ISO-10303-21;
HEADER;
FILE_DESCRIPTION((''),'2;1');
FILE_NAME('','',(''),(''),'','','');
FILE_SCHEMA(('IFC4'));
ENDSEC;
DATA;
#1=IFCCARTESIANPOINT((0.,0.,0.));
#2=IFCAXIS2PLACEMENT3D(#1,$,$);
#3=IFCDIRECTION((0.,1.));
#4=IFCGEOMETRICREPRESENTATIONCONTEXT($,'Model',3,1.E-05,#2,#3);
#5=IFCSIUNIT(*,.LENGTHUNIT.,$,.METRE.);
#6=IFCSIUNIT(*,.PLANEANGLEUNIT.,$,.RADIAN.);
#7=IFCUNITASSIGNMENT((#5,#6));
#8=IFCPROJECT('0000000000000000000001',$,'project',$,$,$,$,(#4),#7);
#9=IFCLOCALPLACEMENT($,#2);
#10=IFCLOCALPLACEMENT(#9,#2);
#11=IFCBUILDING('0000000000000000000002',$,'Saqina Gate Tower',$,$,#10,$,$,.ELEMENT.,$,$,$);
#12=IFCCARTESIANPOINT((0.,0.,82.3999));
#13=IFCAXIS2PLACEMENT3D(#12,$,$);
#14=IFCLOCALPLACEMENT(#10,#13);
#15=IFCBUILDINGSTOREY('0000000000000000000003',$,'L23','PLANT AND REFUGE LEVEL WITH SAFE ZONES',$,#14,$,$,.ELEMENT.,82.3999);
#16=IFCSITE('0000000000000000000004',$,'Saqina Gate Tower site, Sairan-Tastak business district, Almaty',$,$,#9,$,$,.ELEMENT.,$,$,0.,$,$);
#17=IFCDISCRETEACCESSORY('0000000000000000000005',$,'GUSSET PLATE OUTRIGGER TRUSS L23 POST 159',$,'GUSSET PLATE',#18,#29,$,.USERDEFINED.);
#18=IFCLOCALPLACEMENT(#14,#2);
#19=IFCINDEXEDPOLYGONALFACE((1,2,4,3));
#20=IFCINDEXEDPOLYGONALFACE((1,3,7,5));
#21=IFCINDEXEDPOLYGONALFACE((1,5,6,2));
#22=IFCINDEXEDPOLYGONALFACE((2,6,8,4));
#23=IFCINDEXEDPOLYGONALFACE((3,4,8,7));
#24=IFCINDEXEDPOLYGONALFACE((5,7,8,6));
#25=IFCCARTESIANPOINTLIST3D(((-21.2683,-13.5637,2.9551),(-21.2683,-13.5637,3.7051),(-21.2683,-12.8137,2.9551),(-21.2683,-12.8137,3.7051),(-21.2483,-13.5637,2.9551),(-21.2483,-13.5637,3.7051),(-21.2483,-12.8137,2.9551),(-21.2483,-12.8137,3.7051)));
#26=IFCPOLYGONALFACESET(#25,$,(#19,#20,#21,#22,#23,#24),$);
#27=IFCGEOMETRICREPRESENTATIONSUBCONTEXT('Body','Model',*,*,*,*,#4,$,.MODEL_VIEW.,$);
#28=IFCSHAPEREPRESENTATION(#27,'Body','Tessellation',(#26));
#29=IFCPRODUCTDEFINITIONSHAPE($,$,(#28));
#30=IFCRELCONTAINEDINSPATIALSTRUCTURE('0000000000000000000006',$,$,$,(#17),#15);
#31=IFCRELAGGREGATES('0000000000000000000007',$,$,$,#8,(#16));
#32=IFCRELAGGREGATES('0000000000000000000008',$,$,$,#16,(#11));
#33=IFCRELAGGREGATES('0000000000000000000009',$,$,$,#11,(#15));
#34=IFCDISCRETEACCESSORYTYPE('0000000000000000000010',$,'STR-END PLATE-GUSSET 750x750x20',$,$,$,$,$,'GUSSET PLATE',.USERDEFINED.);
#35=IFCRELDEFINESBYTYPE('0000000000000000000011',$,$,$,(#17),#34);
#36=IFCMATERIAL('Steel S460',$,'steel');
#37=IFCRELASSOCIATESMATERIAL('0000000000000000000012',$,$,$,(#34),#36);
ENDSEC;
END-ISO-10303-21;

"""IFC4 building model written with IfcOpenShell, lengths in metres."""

from ifc_helpers import new_model, si_unit, direction, frame, origin, origin_2d, place, context, subcontext, project, spatial, rectangle, extrude, material, material_profile, profile_set, type_object, element, save


model = new_model("IFC4")

# Units and contexts
model_context = context("Model", 3, precision=1e-05, world=origin(), true_north=direction((0.0, 1.0)))
body_context = subcontext(model_context, "Body", "Model", "MODEL_VIEW")
ifc_project = project(units=[si_unit("LENGTHUNIT", "METRE"), si_unit("PLANEANGLEUNIT", "RADIAN")], contexts=[model_context])

# Site, building, storey
site_placement = place(None, origin())
site = spatial("IfcSite", under=ifc_project, at=site_placement, Name="Saqina Gate Tower site, Sairan-Tastak business district, Almaty", CompositionType="ELEMENT", RefElevation=0.0)
building_placement = place(site_placement, origin())
building = spatial("IfcBuilding", under=site, at=building_placement, Name="Saqina Gate Tower", CompositionType="ELEMENT")
storey_placement = place(building_placement, frame((0.0, 0.0, 82.3999)))
storey = spatial("IfcBuildingStorey", under=building, at=storey_placement, Name="L23", Description="PLANT AND REFUGE LEVEL WITH SAFE ZONES", CompositionType="ELEMENT", Elevation=82.3999)

# Discrete accessory
ifc_material_1 = material(Name="Steel S460", Category="steel")
ifc_material_profile_1 = material_profile(ifc_material_1, rectangle(XDim=0.75, YDim=0.75, at=origin_2d()), Name="STR-END PLATE-GUSSET 750x750x20")
ifc_profile_set_1 = profile_set([ifc_material_profile_1], Name="Steel S460")
discrete_accessory_type_1 = type_object("IfcDiscreteAccessoryType", Name="STR-END PLATE-GUSSET 750x750x20", ElementType="GUSSET PLATE", PredefinedType="USERDEFINED", material=ifc_profile_set_1)
for number, where, z_axis, x_axis, name in (
    (1, (-21.2683, -13.1887, 3.3301), (1.0, 0.0, 0.0), (0.0, 1.0, 0.0), "GUSSET PLATE OUTRIGGER TRUSS L23 POST 159"),
):
    element("IfcDiscreteAccessory", number, at=place(storey_placement, frame(where, z_axis=z_axis, x_axis=x_axis)), inside=storey, type_object=discrete_accessory_type_1, Name=name, ObjectType="GUSSET PLATE", PredefinedType="USERDEFINED", context=body_context, shape_type="SweptSolid", body=[
        extrude(rectangle(XDim=0.75, YDim=0.75, at=origin_2d()), origin(), (0.0, 0.0, 1.0), 0.02),
    ])

save(model, "model.ifc")
